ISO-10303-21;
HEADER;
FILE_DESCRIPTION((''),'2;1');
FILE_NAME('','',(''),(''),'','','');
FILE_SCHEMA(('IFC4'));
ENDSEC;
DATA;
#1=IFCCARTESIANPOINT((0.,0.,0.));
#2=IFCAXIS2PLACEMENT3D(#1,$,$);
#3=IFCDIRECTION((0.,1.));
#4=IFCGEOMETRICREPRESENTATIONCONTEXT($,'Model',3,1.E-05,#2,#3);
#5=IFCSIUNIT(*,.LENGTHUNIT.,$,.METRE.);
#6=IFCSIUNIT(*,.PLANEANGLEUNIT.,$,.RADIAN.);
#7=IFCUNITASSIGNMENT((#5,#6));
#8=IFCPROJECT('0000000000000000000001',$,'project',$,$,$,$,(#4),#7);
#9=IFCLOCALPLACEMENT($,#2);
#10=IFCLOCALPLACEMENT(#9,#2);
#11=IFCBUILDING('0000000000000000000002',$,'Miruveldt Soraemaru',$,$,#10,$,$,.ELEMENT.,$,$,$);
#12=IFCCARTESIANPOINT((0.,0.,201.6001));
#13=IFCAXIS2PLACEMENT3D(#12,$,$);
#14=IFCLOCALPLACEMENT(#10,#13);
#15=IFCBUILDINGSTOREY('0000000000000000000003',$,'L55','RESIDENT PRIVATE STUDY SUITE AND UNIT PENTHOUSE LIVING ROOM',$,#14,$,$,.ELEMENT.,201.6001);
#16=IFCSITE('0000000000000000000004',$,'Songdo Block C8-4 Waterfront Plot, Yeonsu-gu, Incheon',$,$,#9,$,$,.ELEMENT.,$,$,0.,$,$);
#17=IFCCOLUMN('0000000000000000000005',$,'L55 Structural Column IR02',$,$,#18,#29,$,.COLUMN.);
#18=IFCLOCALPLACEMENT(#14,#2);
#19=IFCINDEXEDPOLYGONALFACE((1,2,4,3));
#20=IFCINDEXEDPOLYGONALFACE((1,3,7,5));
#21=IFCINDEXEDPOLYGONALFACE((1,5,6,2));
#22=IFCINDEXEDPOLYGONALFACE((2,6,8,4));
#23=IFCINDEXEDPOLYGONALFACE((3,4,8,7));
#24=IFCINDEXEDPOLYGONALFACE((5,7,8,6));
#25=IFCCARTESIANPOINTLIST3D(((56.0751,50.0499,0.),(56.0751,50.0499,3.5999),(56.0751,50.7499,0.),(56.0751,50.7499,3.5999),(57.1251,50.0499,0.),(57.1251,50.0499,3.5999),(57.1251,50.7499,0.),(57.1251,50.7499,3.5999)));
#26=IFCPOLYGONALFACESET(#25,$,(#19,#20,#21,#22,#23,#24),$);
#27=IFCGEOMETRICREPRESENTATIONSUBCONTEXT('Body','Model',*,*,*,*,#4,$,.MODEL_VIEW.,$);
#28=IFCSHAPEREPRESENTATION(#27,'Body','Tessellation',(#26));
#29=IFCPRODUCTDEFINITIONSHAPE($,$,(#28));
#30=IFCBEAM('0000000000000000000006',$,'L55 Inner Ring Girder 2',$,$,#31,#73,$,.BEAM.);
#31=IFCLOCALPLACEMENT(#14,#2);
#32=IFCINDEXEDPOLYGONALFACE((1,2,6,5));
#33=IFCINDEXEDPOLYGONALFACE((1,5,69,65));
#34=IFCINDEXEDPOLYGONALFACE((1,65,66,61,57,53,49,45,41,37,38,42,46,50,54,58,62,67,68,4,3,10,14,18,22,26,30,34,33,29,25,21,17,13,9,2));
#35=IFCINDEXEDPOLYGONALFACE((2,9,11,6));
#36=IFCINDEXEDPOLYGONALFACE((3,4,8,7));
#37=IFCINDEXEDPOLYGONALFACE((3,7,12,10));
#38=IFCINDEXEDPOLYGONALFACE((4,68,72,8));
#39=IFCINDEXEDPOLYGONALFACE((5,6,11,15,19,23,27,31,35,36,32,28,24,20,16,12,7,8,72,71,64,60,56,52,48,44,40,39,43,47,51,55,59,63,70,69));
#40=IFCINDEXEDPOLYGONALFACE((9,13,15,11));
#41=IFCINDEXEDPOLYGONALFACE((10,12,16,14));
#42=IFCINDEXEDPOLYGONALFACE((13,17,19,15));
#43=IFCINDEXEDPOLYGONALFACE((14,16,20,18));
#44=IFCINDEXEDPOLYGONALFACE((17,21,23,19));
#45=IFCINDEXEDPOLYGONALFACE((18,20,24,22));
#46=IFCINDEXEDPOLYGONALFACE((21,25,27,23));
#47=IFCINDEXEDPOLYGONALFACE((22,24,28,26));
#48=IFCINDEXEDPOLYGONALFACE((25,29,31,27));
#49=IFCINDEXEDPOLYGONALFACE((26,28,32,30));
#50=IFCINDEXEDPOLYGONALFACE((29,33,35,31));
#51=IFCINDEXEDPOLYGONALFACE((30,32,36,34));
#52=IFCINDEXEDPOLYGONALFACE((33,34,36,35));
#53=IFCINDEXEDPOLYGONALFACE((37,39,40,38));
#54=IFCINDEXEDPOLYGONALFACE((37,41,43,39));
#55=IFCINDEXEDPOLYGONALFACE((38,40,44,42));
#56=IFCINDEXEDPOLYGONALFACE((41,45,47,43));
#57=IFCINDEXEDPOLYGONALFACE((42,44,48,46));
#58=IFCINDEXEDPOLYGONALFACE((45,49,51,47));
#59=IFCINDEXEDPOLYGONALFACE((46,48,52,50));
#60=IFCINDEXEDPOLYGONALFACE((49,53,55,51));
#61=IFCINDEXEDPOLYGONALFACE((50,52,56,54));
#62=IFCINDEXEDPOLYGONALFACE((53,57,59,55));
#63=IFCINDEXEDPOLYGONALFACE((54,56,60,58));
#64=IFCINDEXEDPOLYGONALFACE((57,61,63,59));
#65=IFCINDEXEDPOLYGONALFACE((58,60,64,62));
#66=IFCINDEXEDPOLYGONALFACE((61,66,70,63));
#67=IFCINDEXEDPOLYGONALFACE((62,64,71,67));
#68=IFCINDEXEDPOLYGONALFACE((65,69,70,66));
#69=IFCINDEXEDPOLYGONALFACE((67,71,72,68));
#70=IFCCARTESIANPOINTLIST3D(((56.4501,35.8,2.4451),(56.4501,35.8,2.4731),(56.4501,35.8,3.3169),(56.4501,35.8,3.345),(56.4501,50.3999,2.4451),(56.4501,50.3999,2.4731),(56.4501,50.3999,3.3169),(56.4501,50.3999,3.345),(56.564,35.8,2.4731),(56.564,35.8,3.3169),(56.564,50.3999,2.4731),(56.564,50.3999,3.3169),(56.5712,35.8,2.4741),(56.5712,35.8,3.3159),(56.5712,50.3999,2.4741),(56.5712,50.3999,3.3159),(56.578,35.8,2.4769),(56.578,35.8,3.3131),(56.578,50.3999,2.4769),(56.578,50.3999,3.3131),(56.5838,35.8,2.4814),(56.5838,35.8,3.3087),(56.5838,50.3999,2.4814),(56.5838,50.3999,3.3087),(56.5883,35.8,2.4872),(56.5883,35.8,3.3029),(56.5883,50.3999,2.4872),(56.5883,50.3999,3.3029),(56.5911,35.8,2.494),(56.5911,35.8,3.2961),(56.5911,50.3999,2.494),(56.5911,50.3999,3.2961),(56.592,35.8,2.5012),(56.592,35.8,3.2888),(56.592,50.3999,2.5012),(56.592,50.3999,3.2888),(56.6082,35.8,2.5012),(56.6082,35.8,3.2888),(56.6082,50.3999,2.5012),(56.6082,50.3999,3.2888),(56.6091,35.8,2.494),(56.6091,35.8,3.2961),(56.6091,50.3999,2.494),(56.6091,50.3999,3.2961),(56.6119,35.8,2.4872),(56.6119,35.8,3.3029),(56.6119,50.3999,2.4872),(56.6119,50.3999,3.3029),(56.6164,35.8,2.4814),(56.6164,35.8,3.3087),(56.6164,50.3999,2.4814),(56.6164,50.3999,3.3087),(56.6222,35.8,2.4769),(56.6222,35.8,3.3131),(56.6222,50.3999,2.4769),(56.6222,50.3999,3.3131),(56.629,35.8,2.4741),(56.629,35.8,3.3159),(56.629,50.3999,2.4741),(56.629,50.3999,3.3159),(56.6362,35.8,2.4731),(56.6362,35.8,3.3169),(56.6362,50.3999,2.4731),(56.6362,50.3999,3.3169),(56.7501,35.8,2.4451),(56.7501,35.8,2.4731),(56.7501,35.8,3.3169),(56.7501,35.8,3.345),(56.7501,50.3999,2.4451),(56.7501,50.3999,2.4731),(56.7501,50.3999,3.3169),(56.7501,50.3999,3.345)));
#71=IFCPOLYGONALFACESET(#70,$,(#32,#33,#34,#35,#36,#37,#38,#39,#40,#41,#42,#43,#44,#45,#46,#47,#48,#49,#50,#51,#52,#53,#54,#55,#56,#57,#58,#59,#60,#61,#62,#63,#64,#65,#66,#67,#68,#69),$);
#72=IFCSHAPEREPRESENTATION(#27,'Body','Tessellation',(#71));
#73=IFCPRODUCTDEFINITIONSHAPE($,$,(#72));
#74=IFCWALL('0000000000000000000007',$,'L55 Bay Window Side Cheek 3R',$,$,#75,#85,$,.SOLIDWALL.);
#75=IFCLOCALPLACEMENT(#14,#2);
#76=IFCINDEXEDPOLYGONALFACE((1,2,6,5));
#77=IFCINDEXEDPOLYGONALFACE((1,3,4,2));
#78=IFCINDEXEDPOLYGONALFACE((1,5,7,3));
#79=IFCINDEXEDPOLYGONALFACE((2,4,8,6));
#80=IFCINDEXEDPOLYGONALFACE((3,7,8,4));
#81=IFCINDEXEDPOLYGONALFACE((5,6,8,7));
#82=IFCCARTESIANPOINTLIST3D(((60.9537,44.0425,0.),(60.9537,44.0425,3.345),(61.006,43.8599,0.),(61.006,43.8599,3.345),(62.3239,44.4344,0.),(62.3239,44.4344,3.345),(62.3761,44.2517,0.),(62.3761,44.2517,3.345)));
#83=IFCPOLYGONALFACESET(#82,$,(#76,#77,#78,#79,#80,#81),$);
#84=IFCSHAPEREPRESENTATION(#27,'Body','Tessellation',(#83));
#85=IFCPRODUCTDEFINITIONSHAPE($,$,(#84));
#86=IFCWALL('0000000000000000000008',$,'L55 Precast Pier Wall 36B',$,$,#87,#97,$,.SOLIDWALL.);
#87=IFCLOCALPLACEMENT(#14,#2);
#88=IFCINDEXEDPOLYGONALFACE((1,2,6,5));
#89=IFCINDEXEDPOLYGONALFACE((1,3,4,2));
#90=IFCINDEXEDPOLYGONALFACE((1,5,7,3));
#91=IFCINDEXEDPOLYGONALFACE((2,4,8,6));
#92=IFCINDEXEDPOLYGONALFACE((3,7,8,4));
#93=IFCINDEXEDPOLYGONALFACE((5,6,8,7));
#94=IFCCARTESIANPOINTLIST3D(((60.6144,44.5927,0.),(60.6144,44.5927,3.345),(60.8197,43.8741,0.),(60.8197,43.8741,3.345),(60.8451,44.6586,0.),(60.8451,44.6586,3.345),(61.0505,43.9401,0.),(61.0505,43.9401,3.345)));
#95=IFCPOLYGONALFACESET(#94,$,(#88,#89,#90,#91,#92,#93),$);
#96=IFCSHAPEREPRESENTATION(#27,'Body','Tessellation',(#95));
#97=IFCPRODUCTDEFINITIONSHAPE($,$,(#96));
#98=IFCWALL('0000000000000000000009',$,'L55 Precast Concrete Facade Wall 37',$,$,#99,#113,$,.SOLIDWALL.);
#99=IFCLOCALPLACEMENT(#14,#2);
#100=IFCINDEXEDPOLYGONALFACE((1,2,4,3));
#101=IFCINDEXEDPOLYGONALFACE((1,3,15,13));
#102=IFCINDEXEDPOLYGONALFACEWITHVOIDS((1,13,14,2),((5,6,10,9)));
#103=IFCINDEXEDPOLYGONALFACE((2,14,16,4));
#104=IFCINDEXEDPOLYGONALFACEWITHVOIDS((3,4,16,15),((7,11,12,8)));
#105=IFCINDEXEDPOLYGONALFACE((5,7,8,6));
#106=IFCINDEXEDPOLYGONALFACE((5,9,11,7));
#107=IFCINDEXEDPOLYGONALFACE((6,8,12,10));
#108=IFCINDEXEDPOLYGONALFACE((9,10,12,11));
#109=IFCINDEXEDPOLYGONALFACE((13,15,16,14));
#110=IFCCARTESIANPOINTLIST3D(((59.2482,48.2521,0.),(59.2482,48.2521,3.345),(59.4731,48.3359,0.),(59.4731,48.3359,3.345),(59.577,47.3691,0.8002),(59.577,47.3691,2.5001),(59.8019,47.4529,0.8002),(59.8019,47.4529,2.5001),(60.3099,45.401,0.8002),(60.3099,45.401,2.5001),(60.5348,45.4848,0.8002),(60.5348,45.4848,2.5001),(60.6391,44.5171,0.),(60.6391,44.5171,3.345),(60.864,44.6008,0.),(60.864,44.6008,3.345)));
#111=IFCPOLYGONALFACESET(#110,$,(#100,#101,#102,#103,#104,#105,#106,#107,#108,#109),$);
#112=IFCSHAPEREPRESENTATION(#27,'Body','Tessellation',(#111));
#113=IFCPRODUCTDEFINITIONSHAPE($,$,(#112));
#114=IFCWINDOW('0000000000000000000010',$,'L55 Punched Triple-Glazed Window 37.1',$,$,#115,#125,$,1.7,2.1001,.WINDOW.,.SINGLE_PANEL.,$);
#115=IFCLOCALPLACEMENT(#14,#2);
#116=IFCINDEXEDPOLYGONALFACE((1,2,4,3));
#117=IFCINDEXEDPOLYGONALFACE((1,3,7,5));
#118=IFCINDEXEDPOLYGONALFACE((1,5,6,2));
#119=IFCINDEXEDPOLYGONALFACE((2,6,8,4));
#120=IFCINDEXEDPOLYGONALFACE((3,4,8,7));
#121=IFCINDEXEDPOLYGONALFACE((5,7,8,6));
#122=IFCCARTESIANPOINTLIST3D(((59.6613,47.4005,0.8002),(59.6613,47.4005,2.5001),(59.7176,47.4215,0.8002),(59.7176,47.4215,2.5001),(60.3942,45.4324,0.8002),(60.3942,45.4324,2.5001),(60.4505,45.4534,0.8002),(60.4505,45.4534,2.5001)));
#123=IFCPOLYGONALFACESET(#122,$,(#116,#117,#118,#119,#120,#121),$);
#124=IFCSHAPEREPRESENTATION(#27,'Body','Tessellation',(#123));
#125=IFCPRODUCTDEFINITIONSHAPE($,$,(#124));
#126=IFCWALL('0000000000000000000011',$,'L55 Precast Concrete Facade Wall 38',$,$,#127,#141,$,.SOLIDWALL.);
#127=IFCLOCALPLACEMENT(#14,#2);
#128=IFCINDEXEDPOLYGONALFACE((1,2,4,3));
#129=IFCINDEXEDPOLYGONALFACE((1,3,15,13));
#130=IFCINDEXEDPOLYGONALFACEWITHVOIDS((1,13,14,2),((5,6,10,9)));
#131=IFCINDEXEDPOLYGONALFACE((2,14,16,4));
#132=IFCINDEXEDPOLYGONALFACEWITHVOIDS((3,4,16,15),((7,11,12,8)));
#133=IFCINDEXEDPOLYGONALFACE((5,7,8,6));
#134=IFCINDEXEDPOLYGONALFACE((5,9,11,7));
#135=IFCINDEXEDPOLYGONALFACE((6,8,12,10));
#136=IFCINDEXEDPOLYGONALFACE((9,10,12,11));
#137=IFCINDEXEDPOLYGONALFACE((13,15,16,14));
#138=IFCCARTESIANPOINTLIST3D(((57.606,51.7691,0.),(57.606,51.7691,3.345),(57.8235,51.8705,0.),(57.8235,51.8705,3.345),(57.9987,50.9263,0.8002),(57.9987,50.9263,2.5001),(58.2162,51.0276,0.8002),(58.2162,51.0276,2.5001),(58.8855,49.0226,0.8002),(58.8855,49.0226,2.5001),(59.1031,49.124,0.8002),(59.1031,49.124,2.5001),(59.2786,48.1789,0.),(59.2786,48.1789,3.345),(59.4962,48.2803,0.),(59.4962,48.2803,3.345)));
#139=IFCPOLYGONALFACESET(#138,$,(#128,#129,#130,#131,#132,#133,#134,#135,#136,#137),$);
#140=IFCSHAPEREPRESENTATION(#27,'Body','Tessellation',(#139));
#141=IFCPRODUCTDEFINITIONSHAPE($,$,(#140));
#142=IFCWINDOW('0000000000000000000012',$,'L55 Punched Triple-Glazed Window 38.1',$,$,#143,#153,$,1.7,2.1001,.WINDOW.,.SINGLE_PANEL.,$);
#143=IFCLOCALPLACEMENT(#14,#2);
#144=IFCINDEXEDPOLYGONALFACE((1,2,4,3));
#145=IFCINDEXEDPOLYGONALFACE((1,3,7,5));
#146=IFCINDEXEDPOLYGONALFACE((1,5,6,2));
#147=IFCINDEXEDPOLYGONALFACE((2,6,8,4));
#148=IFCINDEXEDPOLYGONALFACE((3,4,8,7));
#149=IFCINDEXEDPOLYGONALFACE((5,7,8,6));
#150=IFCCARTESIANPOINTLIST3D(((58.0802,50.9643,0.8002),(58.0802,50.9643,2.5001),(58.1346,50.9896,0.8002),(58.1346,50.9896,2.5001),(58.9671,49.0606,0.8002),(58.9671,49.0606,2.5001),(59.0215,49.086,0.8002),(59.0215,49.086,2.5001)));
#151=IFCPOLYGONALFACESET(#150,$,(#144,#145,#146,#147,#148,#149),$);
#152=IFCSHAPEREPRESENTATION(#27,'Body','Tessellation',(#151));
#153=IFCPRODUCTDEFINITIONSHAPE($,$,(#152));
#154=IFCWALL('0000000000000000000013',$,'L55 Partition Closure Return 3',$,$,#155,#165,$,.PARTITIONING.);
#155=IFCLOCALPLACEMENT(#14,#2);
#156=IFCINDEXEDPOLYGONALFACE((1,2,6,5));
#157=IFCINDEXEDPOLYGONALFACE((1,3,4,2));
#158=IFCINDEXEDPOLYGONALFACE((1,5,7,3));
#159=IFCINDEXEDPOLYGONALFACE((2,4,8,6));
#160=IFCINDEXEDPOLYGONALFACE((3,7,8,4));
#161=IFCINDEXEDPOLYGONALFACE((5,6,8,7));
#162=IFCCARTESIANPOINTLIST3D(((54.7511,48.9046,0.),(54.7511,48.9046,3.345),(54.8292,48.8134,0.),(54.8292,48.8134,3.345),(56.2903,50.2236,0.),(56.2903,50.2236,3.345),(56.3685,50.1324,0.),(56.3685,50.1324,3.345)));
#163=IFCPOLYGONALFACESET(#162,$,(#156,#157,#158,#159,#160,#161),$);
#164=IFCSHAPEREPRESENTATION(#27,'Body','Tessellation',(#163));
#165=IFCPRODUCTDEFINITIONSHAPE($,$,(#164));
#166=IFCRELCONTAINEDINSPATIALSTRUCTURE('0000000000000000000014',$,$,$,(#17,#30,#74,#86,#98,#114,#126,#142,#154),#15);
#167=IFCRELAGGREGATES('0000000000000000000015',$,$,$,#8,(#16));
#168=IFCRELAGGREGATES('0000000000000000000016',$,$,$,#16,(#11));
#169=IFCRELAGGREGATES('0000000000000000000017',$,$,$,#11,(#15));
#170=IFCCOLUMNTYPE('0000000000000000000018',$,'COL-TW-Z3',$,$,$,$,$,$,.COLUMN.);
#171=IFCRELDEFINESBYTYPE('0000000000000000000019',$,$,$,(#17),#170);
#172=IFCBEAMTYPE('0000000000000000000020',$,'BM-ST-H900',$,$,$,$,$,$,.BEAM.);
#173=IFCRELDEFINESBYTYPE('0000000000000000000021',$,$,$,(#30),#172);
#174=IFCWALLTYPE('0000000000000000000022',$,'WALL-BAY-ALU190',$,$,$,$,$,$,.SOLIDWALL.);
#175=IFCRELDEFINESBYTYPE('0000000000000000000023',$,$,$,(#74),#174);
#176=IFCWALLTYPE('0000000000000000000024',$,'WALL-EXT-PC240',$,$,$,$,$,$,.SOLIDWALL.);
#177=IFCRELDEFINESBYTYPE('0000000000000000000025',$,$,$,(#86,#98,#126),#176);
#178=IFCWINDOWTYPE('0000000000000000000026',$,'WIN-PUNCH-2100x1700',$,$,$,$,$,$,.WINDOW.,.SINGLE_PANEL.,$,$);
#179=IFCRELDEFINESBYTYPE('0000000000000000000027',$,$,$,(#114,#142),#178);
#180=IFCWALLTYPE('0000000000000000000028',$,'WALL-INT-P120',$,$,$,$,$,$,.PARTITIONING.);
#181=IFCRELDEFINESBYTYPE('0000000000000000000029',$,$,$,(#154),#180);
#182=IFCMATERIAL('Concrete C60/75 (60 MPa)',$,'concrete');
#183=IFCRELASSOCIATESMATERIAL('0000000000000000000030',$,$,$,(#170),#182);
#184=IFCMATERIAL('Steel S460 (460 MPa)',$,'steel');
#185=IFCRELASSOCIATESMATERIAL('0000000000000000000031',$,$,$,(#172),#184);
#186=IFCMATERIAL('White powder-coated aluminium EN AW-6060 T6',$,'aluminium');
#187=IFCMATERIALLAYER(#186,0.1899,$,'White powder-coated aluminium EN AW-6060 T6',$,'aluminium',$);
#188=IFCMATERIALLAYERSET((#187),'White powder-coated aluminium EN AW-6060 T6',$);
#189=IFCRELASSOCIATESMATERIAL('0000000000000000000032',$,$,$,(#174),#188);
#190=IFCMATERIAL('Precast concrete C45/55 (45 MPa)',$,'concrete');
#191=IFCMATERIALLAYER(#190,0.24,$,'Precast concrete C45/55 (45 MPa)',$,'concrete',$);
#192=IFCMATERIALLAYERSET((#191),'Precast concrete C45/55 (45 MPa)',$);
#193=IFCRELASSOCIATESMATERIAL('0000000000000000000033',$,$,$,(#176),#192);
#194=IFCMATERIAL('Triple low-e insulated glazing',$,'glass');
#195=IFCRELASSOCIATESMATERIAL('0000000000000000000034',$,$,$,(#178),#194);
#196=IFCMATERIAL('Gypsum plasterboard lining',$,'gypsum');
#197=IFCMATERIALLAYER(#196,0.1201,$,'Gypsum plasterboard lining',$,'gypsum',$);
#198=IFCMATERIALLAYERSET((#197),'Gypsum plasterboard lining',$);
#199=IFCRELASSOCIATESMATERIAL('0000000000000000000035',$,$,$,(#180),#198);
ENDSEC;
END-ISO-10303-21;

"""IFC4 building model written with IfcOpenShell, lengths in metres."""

from ifc_helpers import new_model, si_unit, direction, frame, frame_2d, origin, origin_2d, place, context, subcontext, project, spatial, rectangle, i_section, extrude, material, layer, layer_set, material_profile, profile_set, type_object, element, fill, save


model = new_model("IFC4")

# Units and contexts
model_context = context("Model", 3, precision=1e-05, world=origin(), true_north=direction((0.0, 1.0)))
body_context = subcontext(model_context, "Body", "Model", "MODEL_VIEW")
ifc_project = project(units=[si_unit("LENGTHUNIT", "METRE"), si_unit("PLANEANGLEUNIT", "RADIAN")], contexts=[model_context])

# Site, building, storey
site_placement = place(None, origin())
site = spatial("IfcSite", under=ifc_project, at=site_placement, Name="Songdo Block C8-4 Waterfront Plot, Yeonsu-gu, Incheon", CompositionType="ELEMENT", RefElevation=0.0)
building_placement = place(site_placement, origin())
building = spatial("IfcBuilding", under=site, at=building_placement, Name="Miruveldt Soraemaru", CompositionType="ELEMENT")
storey_placement = place(building_placement, frame((0.0, 0.0, 201.6001)))
storey = spatial("IfcBuildingStorey", under=building, at=storey_placement, Name="L55", Description="RESIDENT PRIVATE STUDY SUITE AND UNIT PENTHOUSE LIVING ROOM", CompositionType="ELEMENT", Elevation=201.6001)

# Column
ifc_material_1 = material(Name="Concrete C60/75 (60 MPa)", Category="concrete")
ifc_material_profile_1 = material_profile(ifc_material_1, rectangle(XDim=1.05, YDim=0.7, at=origin_2d()), Name="Concrete C60/75 (60 MPa)", Category="concrete")
ifc_profile_set_1 = profile_set([ifc_material_profile_1], Name="Concrete C60/75 (60 MPa)")
column_type = type_object("IfcColumnType", Name="COL-TW-Z3", PredefinedType="COLUMN", material=ifc_profile_set_1)
column_placement = place(storey_placement, frame((56.6001, 50.3999, 0.0), z_axis=(0.0, 0.0, 1.0), x_axis=(1.0, 0.0, 0.0)))
element("IfcColumn", 1, at=column_placement, inside=storey, type_object=column_type, Name="L55 Structural Column IR02", PredefinedType="COLUMN", context=body_context, shape_type="SweptSolid", body=[
    extrude(rectangle(XDim=1.05, YDim=0.7, at=origin_2d()), origin(), (0.0, 0.0, 1.0), 3.5999),
])

# Beam
ifc_material_2 = material(Name="Steel S460 (460 MPa)", Category="steel")
ifc_material_profile_2 = material_profile(ifc_material_2, i_section(OverallWidth=0.3, OverallDepth=0.8999, WebThickness=0.0161, FlangeThickness=0.0281, FilletRadius=0.0281, at=origin_2d()), Name="Steel S460 (460 MPa)", Category="steel")
ifc_profile_set_2 = profile_set([ifc_material_profile_2], Name="Steel S460 (460 MPa)")
beam_type = type_object("IfcBeamType", Name="BM-ST-H900", PredefinedType="BEAM", material=ifc_profile_set_2)
beam_placement = place(storey_placement, frame((56.6001, 50.3999, 2.895), z_axis=(0.0, -1.0, 0.0), x_axis=(1.0, 0.0, 0.0)))
element("IfcBeam", 2, at=beam_placement, inside=storey, type_object=beam_type, Name="L55 Inner Ring Girder 2", PredefinedType="BEAM", context=body_context, shape_type="SweptSolid", body=[
    extrude(i_section(OverallWidth=0.3, OverallDepth=0.8999, WebThickness=0.0161, FlangeThickness=0.0281, FilletRadius=0.0281, at=origin_2d()), origin(), (0.0, 0.0, 1.0), 14.5999),
])

# Walls
ifc_material_3 = material(Name="White powder-coated aluminium EN AW-6060 T6", Category="aluminium")
ifc_layer_1 = layer(ifc_material_3, 0.1899, Name="White powder-coated aluminium EN AW-6060 T6", Category="aluminium")
ifc_layer_set_1 = layer_set([ifc_layer_1], Name="White powder-coated aluminium EN AW-6060 T6")
wall_type_1 = type_object("IfcWallType", Name="WALL-BAY-ALU190", PredefinedType="SOLIDWALL", material=ifc_layer_set_1)
wall_1_placement = place(storey_placement, frame((62.3499, 44.343, 0.0), z_axis=(0.0, 0.0, 1.0), x_axis=(-0.961453, -0.27497, 0.0)))
element("IfcWall", 3, at=wall_1_placement, inside=storey, type_object=wall_type_1, Name="L55 Bay Window Side Cheek 3R", PredefinedType="SOLIDWALL", context=body_context, shape_type="SweptSolid", body=[
    extrude(rectangle(XDim=1.425, YDim=0.1899, at=frame_2d((0.7124, 0.0))), origin(), (0.0, 0.0, 1.0), 3.345),
])
ifc_material_4 = material(Name="Precast concrete C45/55 (45 MPa)", Category="concrete")
ifc_layer_2 = layer(ifc_material_4, 0.24, Name="Precast concrete C45/55 (45 MPa)", Category="concrete")
ifc_layer_set_2 = layer_set([ifc_layer_2], Name="Precast concrete C45/55 (45 MPa)")
wall_type_2 = type_object("IfcWallType", Name="WALL-EXT-PC240", PredefinedType="SOLIDWALL", material=ifc_layer_set_2)
wall_2_placement = place(storey_placement, frame((60.9351, 43.9072, 0.0), z_axis=(0.0, 0.0, 1.0), x_axis=(-0.274764, 0.961512, 0.0)))
element("IfcWall", 4, at=wall_2_placement, inside=storey, type_object=wall_type_2, Name="L55 Precast Pier Wall 36B", PredefinedType="SOLIDWALL", context=body_context, shape_type="SweptSolid", body=[
    extrude(rectangle(XDim=0.7473, YDim=0.24, at=frame_2d((0.3735, 0.0))), origin(), (0.0, 0.0, 1.0), 3.345),
])

# Walls, openings, windows
wall_3_placement = place(storey_placement, frame((60.7515, 44.5591, 0.0), z_axis=(0.0, 0.0, 1.0), x_axis=(-0.348968, 0.937135, 0.0)))
wall_3 = element("IfcWall", 5, at=wall_3_placement, inside=storey, type_object=wall_type_2, Name="L55 Precast Concrete Facade Wall 37", PredefinedType="SOLIDWALL", context=body_context, shape_type="SweptSolid", body=[
    extrude(rectangle(XDim=3.9856, YDim=0.24, at=frame_2d((1.9927, 0.0))), origin(), (0.0, 0.0, 1.0), 3.345),
])
opening_1_placement = place(wall_3_placement, frame((0.9431, 0.0, 0.8)))
opening_1 = element("IfcOpeningElement", 6, at=opening_1_placement, cuts=wall_3, PredefinedType="OPENING", context=body_context, shape_type="SweptSolid", body=[
    extrude(rectangle(XDim=2.1001, YDim=1.7, at=frame_2d((1.05, 0.8501))), frame((0.0, 0.1299, 0.0), z_axis=(0.0, -1.0, 0.0), x_axis=(1.0, 0.0, 0.0)), (0.0, 0.0, 1.0), 0.26),
])
ifc_material_5 = material(Name="Triple low-e insulated glazing", Category="glass")
window_type = type_object("IfcWindowType", Name="WIN-PUNCH-2100x1700", PartitioningType="SINGLE_PANEL", PredefinedType="WINDOW", material=ifc_material_5)
window_1_placement = place(opening_1_placement, origin())
window_1 = element("IfcWindow", 7, at=window_1_placement, inside=storey, type_object=window_type, Name="L55 Punched Triple-Glazed Window 37.1", OverallHeight=1.7, OverallWidth=2.1001, PartitioningType="SINGLE_PANEL", PredefinedType="WINDOW", context=body_context, shape_type="SweptSolid", body=[
    extrude(rectangle(XDim=2.1001, YDim=1.7, at=frame_2d((1.05, 0.8501))), frame((0.0, 0.03, 0.0), z_axis=(0.0, -1.0, 0.0), x_axis=(1.0, 0.0, 0.0)), (0.0, 0.0, 1.0), 0.0601),
])
fill(opening_1, window_1)
wall_4_placement = place(storey_placement, frame((59.3875, 48.2295, 0.0), z_axis=(0.0, 0.0, 1.0), x_axis=(-0.422312, 0.906451, 0.0)))
wall_4 = element("IfcWall", 8, at=wall_4_placement, inside=storey, type_object=wall_type_2, Name="L55 Precast Concrete Facade Wall 38", PredefinedType="SOLIDWALL", context=body_context, shape_type="SweptSolid", body=[
    extrude(rectangle(XDim=3.9607, YDim=0.24, at=frame_2d((1.9805, 0.0))), origin(), (0.0, 0.0, 1.0), 3.345),
])
opening_2_placement = place(wall_4_placement, frame((0.9309, 0.0, 0.8)))
opening_2 = element("IfcOpeningElement", 9, at=opening_2_placement, cuts=wall_4, PredefinedType="OPENING", context=body_context, shape_type="SweptSolid", body=[
    extrude(rectangle(XDim=2.1001, YDim=1.7, at=frame_2d((1.05, 0.8501))), frame((0.0, 0.1299, 0.0), z_axis=(0.0, -1.0, 0.0), x_axis=(1.0, 0.0, 0.0)), (0.0, 0.0, 1.0), 0.26),
])
window_2_placement = place(opening_2_placement, origin())
window_2 = element("IfcWindow", 10, at=window_2_placement, inside=storey, type_object=window_type, Name="L55 Punched Triple-Glazed Window 38.1", OverallHeight=1.7, OverallWidth=2.1001, PartitioningType="SINGLE_PANEL", PredefinedType="WINDOW", context=body_context, shape_type="SweptSolid", body=[
    extrude(rectangle(XDim=2.1001, YDim=1.7, at=frame_2d((1.05, 0.8501))), frame((0.0, 0.03, 0.0), z_axis=(0.0, -1.0, 0.0), x_axis=(1.0, 0.0, 0.0)), (0.0, 0.0, 1.0), 0.0601),
])
fill(opening_2, window_2)

# Wall
ifc_material_6 = material(Name="Gypsum plasterboard lining", Category="gypsum")
ifc_layer_3 = layer(ifc_material_6, 0.1201, Name="Gypsum plasterboard lining", Category="gypsum")
ifc_layer_set_3 = layer_set([ifc_layer_3], Name="Gypsum plasterboard lining")
wall_type_3 = type_object("IfcWallType", Name="WALL-INT-P120", PredefinedType="PARTITIONING", material=ifc_layer_set_3)
wall_5_placement = place(storey_placement, frame((54.79, 48.8589, 0.0), z_axis=(0.0, 0.0, 1.0), x_axis=(0.759333, 0.650702, 0.0)))
element("IfcWall", 11, at=wall_5_placement, inside=storey, type_object=wall_type_3, Name="L55 Partition Closure Return 3", PredefinedType="PARTITIONING", context=body_context, shape_type="SweptSolid", body=[
    extrude(rectangle(XDim=2.0271, YDim=0.1201, at=frame_2d((1.0137, 0.0))), origin(), (0.0, 0.0, 1.0), 3.345),
])

save(model, "model.ifc")
